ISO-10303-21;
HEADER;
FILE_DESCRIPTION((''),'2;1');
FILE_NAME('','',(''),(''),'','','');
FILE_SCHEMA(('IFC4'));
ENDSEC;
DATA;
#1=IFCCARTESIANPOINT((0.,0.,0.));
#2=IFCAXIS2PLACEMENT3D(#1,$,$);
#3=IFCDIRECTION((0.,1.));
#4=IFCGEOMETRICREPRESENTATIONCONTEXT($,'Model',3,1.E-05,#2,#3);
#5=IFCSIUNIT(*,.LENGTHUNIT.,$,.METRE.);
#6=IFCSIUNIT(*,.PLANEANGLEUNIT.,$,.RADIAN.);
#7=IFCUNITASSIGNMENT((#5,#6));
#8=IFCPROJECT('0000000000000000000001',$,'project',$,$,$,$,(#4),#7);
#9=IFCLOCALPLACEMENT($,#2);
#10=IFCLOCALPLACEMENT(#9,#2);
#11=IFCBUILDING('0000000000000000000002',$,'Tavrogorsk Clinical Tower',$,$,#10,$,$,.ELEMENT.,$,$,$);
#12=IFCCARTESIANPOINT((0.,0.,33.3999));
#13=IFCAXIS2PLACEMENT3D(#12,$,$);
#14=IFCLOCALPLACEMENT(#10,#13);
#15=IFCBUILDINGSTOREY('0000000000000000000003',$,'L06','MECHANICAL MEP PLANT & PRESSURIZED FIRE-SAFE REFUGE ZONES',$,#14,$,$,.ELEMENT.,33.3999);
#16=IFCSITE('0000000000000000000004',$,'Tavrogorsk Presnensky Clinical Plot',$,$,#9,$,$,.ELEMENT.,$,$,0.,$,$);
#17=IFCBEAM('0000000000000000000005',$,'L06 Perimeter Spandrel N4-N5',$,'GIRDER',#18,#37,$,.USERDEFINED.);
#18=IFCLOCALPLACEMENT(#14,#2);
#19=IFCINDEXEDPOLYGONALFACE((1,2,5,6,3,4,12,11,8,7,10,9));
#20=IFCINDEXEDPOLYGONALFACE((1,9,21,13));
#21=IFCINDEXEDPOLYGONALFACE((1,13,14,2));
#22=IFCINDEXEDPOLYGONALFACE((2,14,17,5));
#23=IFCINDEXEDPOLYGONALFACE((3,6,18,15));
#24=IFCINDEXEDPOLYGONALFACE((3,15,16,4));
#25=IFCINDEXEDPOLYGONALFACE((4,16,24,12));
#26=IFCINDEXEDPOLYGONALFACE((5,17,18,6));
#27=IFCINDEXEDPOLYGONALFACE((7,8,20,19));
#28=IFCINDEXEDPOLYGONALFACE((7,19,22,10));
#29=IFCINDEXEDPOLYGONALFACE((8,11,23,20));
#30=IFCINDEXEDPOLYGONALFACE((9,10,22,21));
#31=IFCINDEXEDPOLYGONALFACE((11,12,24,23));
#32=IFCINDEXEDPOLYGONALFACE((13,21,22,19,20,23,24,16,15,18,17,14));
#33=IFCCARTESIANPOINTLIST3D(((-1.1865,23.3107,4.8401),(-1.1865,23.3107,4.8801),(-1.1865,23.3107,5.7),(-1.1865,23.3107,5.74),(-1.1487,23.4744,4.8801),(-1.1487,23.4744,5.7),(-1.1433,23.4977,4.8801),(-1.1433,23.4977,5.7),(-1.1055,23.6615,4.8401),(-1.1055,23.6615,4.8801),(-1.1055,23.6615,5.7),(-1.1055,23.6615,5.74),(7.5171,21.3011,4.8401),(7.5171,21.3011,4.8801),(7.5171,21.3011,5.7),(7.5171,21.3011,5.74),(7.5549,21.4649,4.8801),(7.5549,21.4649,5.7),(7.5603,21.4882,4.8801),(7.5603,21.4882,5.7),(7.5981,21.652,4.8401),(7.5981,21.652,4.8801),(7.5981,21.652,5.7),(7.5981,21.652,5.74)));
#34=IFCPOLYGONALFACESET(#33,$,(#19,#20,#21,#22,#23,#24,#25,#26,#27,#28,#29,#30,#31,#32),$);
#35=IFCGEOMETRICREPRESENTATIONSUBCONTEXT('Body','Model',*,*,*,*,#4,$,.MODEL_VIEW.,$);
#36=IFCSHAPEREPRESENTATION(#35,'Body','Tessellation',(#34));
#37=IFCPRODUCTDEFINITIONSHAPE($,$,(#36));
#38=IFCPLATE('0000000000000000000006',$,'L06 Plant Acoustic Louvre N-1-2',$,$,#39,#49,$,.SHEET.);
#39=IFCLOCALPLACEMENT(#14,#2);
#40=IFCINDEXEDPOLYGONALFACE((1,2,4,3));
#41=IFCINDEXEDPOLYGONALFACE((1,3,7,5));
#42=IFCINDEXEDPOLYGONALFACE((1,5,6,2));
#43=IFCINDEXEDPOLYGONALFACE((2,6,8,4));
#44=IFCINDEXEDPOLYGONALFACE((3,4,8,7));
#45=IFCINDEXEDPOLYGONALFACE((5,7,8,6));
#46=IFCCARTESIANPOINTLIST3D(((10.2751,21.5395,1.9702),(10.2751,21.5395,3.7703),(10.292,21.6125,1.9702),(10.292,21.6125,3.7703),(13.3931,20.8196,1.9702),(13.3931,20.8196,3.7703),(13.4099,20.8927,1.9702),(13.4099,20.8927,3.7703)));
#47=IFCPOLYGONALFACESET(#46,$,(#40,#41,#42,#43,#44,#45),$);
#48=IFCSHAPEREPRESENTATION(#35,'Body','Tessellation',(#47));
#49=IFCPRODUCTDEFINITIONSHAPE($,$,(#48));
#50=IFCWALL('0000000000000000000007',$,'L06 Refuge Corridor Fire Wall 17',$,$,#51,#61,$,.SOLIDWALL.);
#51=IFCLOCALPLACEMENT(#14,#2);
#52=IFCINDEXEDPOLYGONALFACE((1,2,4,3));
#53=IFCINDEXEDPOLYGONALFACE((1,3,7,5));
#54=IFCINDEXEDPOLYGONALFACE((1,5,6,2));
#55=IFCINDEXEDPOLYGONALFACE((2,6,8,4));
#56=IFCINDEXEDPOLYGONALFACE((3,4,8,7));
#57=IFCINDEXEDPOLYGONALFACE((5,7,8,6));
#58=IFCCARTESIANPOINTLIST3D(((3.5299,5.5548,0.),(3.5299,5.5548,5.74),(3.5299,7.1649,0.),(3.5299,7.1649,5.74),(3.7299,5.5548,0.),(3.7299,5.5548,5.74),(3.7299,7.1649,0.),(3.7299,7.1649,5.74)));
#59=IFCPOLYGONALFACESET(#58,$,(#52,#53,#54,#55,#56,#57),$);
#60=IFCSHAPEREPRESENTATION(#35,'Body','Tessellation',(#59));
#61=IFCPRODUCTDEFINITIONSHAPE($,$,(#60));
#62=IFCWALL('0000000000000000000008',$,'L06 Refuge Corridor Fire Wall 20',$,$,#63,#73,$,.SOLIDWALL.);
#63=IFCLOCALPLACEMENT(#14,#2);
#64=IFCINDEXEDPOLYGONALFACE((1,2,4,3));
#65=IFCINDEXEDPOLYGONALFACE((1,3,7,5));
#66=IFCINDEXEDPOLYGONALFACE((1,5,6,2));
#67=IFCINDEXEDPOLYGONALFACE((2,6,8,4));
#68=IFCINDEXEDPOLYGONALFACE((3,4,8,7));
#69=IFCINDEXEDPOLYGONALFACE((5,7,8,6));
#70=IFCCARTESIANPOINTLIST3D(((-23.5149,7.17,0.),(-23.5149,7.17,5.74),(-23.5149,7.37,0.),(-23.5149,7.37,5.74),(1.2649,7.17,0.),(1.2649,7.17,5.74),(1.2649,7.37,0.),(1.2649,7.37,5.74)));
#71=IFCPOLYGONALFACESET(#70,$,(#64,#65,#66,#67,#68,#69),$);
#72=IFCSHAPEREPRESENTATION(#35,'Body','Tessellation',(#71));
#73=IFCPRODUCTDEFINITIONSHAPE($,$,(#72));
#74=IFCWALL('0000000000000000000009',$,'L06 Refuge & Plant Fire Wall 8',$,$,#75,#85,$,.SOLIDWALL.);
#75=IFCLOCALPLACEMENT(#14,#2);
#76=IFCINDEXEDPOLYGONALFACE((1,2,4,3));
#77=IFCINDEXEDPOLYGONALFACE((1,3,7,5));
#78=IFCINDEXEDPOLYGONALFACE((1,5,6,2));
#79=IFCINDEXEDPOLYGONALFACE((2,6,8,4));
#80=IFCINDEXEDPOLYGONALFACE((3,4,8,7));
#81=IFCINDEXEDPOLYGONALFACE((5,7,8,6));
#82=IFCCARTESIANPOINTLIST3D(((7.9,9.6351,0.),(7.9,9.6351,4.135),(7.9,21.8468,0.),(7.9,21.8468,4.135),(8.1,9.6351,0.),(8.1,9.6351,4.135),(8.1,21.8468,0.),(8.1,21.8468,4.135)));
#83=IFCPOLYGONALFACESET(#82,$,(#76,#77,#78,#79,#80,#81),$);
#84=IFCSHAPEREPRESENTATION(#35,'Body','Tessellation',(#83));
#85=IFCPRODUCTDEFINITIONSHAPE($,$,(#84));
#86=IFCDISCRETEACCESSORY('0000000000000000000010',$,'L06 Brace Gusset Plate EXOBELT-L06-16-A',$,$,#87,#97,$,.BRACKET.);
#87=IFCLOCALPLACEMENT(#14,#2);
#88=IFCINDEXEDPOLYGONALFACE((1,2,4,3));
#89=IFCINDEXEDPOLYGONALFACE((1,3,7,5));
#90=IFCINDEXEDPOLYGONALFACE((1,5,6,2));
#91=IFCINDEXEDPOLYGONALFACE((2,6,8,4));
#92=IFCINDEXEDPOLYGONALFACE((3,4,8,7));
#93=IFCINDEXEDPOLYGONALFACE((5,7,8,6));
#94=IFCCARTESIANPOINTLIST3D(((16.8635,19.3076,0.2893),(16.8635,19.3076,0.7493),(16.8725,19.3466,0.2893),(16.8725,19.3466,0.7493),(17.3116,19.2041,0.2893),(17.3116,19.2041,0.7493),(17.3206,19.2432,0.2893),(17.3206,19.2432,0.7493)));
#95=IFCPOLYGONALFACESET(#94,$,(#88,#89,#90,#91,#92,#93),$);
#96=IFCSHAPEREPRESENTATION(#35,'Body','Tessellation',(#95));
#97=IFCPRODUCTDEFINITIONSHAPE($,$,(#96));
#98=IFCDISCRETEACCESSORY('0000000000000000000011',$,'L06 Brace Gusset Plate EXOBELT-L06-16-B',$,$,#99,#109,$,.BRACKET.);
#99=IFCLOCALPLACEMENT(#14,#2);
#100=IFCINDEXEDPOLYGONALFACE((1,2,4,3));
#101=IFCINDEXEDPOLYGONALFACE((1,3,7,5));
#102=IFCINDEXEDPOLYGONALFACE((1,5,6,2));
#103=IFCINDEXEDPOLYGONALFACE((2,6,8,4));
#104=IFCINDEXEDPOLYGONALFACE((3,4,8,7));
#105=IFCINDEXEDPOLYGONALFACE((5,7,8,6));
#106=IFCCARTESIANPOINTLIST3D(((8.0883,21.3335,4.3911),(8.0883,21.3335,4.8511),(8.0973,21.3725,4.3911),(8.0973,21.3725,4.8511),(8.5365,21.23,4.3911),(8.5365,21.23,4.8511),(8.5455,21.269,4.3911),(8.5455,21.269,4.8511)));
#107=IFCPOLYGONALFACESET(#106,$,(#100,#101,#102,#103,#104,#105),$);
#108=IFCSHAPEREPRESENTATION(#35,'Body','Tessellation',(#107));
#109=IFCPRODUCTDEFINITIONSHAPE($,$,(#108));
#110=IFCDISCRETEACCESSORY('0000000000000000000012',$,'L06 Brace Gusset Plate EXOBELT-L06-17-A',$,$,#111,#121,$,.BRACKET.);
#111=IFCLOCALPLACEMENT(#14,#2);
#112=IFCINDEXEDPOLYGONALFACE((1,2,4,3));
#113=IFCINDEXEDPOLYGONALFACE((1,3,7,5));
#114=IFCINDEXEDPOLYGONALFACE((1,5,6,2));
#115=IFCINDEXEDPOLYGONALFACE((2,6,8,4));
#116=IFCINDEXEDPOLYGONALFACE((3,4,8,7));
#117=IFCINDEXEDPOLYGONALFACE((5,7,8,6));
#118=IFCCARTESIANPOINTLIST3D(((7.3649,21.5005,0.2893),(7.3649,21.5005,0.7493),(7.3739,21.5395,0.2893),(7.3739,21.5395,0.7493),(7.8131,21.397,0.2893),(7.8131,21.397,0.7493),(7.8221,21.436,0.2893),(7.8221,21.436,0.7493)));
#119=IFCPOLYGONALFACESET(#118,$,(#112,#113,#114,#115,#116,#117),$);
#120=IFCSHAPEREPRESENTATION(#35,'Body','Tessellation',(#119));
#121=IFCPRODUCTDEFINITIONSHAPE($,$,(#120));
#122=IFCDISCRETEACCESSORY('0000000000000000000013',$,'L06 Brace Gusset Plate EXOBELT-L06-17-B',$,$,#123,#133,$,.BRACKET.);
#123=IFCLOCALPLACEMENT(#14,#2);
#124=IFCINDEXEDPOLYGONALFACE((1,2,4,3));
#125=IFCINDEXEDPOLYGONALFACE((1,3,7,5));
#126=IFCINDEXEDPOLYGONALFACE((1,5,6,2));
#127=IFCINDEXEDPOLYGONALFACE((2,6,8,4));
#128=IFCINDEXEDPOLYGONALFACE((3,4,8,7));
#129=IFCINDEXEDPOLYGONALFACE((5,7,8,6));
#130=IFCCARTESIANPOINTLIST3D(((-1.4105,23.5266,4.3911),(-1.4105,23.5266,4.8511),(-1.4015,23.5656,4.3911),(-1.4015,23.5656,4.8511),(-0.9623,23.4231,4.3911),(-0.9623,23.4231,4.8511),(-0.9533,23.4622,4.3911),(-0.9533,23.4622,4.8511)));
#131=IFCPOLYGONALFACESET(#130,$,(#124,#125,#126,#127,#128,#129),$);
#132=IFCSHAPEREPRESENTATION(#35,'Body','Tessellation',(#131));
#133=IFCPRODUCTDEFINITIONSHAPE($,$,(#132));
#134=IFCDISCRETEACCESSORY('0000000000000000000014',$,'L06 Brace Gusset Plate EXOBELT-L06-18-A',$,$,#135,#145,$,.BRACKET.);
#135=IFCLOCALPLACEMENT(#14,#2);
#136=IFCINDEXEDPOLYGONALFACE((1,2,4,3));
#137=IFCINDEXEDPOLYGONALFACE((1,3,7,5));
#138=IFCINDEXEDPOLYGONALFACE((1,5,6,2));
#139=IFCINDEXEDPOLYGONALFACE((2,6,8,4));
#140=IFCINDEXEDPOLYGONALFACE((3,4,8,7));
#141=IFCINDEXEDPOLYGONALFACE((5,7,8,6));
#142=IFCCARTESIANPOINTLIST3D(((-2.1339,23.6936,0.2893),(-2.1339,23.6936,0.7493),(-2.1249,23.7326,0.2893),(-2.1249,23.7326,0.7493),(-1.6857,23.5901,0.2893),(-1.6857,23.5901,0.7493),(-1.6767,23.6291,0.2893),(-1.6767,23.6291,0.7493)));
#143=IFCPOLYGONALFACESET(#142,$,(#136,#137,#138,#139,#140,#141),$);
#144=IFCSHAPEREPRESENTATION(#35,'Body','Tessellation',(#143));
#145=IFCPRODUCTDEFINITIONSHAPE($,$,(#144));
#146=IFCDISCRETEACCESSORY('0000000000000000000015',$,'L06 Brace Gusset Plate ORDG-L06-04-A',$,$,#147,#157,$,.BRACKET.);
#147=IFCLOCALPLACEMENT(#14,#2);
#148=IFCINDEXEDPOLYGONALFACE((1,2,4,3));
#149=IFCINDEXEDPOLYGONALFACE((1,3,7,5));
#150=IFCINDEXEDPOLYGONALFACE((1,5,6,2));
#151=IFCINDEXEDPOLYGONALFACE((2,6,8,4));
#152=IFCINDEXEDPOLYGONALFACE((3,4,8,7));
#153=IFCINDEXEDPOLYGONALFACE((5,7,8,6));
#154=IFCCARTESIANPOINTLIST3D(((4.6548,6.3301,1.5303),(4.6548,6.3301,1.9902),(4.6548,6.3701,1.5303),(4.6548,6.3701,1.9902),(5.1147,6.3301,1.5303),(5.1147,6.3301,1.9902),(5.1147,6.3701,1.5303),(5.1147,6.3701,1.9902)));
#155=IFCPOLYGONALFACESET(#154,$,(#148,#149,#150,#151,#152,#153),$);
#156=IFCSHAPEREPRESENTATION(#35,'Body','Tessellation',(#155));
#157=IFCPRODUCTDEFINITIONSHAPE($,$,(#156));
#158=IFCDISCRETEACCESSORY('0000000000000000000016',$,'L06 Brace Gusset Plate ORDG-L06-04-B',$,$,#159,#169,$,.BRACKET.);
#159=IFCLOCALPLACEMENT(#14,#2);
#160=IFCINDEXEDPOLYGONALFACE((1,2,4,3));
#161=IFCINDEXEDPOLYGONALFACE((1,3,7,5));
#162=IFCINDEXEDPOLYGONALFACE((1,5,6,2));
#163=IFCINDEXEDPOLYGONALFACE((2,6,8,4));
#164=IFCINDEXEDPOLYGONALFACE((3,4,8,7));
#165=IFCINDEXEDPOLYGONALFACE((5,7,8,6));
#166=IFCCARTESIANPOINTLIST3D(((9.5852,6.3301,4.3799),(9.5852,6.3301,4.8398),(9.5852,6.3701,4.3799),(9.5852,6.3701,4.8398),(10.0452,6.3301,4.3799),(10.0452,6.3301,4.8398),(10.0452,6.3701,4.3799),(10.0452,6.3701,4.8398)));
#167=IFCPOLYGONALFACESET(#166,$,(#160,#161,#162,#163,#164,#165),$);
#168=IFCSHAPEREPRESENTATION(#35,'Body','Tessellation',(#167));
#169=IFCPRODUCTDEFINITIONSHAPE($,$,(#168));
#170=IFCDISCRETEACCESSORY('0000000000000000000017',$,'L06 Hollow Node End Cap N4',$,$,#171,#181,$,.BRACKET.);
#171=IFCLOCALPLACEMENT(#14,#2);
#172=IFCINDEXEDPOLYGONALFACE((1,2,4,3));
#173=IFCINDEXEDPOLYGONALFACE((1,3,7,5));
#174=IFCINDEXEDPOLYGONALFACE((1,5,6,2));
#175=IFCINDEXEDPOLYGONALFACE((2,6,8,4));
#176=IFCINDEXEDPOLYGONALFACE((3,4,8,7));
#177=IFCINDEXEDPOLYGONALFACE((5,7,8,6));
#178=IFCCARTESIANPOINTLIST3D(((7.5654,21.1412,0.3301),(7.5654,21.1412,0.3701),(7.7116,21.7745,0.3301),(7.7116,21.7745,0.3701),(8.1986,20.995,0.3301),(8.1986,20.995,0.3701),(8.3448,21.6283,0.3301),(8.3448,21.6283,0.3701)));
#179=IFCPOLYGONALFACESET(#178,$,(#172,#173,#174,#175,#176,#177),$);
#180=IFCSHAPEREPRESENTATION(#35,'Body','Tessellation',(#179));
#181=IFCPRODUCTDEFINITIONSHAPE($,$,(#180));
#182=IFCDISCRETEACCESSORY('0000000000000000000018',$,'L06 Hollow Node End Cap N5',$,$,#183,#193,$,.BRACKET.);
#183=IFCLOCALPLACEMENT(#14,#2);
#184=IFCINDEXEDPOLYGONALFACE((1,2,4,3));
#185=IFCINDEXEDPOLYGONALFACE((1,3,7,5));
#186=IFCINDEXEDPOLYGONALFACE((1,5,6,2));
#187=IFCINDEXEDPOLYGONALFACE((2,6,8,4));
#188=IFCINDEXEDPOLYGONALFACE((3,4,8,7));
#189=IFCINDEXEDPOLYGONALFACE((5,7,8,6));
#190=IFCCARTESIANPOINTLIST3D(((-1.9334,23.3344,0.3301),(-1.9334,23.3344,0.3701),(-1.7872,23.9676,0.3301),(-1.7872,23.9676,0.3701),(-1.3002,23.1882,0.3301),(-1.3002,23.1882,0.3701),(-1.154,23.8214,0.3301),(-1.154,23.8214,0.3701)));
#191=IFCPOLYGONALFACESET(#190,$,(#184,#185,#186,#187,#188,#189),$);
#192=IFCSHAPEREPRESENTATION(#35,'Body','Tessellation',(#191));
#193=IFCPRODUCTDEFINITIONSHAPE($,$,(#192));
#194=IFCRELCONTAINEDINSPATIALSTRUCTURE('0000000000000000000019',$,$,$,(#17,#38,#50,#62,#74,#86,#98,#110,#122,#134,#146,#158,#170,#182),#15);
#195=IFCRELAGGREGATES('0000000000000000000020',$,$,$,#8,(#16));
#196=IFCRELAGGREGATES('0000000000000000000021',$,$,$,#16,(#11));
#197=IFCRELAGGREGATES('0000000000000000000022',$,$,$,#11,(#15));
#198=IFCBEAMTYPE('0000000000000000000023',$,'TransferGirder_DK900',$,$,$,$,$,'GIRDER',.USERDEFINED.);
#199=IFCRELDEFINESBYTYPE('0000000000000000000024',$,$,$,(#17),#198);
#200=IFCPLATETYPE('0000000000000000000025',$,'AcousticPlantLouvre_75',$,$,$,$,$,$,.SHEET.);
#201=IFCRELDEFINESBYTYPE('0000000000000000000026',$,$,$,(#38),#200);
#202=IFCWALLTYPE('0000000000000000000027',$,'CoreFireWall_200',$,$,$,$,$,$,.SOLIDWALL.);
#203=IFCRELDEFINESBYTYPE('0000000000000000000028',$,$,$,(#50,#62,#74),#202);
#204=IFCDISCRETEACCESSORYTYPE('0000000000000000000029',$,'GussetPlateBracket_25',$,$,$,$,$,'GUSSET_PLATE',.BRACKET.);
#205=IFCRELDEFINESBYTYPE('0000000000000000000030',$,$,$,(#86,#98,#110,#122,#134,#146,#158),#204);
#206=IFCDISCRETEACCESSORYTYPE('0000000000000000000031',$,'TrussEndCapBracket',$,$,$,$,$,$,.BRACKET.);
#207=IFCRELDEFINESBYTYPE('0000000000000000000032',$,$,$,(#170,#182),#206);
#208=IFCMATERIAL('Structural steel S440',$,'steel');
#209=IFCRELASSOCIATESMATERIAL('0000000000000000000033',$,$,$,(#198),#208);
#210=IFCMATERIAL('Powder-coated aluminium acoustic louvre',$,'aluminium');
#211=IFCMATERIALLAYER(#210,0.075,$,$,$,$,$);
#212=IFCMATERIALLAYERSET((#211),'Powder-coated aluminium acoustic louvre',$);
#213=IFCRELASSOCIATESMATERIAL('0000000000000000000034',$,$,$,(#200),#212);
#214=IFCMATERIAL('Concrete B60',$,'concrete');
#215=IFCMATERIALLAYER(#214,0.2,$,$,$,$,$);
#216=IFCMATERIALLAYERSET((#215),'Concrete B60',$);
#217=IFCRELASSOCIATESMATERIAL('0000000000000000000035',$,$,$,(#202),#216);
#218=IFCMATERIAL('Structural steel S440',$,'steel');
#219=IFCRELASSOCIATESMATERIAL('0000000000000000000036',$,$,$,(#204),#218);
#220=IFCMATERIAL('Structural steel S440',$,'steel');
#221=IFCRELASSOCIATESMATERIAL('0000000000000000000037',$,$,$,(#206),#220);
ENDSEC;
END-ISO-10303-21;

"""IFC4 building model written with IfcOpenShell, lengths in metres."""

from ifc_helpers import new_model, si_unit, direction, frame, frame_2d, origin, origin_2d, place, context, subcontext, project, spatial, rectangle, i_section, extrude, material, layer, layer_set, material_profile, profile_set, type_object, element, save


model = new_model("IFC4")

# Units and contexts
model_context = context("Model", 3, precision=1e-05, world=origin(), true_north=direction((0.0, 1.0)))
body_context = subcontext(model_context, "Body", "Model", "MODEL_VIEW")
ifc_project = project(units=[si_unit("LENGTHUNIT", "METRE"), si_unit("PLANEANGLEUNIT", "RADIAN")], contexts=[model_context])

# Site, building, storey
site_placement = place(None, origin())
site = spatial("IfcSite", under=ifc_project, at=site_placement, Name="Tavrogorsk Presnensky Clinical Plot", CompositionType="ELEMENT", RefElevation=0.0)
building_placement = place(site_placement, origin())
building = spatial("IfcBuilding", under=site, at=building_placement, Name="Tavrogorsk Clinical Tower", CompositionType="ELEMENT")
storey_placement = place(building_placement, frame((0.0, 0.0, 33.3999)))
storey = spatial("IfcBuildingStorey", under=building, at=storey_placement, Name="L06", Description="MECHANICAL MEP PLANT & PRESSURIZED FIRE-SAFE REFUGE ZONES", CompositionType="ELEMENT", Elevation=33.3999)

# Beam
ifc_material_1 = material(Name="Structural steel S440", Category="steel")
ifc_material_profile_1 = material_profile(ifc_material_1, i_section(OverallWidth=0.3601, OverallDepth=0.8999, WebThickness=0.0239, FlangeThickness=0.04, at=origin_2d()), Name="DK-900x360x24x40")
ifc_profile_set_1 = profile_set([ifc_material_profile_1], Name="Structural steel S440")
beam_type_1 = type_object("IfcBeamType", Name="TransferGirder_DK900", ElementType="GIRDER", PredefinedType="USERDEFINED", material=ifc_profile_set_1)
for number, where, z_axis, x_axis, name in (
    (1, (7.5576, 21.4766, 5.29), (-0.974367, 0.224965, 0.0), (-0.224965, -0.974367, 0.0), "L06 Perimeter Spandrel N4-N5"),
):
    element("IfcBeam", number, at=place(storey_placement, frame(where, z_axis=z_axis, x_axis=x_axis)), inside=storey, type_object=beam_type_1, Name=name, ObjectType="GIRDER", PredefinedType="USERDEFINED", context=body_context, shape_type="SweptSolid", body=[
        extrude(i_section(OverallWidth=0.3601, OverallDepth=0.8999, WebThickness=0.0239, FlangeThickness=0.04, at=origin_2d()), origin(), (0.0, 0.0, 1.0), 8.9326),
    ])

# Plate
ifc_material_2 = material(Name="Powder-coated aluminium acoustic louvre", Category="aluminium")
ifc_layer_1 = layer(ifc_material_2, 0.075)
ifc_layer_set_1 = layer_set([ifc_layer_1], Name="Powder-coated aluminium acoustic louvre")
plate_type = type_object("IfcPlateType", Name="AcousticPlantLouvre_75", PredefinedType="SHEET", material=ifc_layer_set_1)
plate_placement = place(storey_placement, frame((11.8425, 21.2161, 1.9702), z_axis=(0.0, 0.0, 1.0), x_axis=(-0.97437, 0.224951, 0.0)))
element("IfcPlate", 2, at=plate_placement, inside=storey, type_object=plate_type, Name="L06 Plant Acoustic Louvre N-1-2", PredefinedType="SHEET", context=body_context, shape_type="SweptSolid", body=[
    extrude(rectangle(XDim=3.2, YDim=0.075, at=origin_2d()), origin(), (0.0, 0.0, 1.0), 1.8),
])

# Walls
ifc_material_3 = material(Name="Concrete B60", Category="concrete")
ifc_layer_2 = layer(ifc_material_3, 0.2)
ifc_layer_set_2 = layer_set([ifc_layer_2], Name="Concrete B60")
wall_type = type_object("IfcWallType", Name="CoreFireWall_200", PredefinedType="SOLIDWALL", material=ifc_layer_set_2)
wall_1_placement = place(storey_placement, frame((3.6299, 7.165, 0.0), z_axis=(0.0, 0.0, 1.0), x_axis=(0.0, -1.0, 0.0)))
element("IfcWall", 3, at=wall_1_placement, inside=storey, type_object=wall_type, Name="L06 Refuge Corridor Fire Wall 17", PredefinedType="SOLIDWALL", context=body_context, shape_type="SweptSolid", body=[
    extrude(rectangle(XDim=1.6101, YDim=0.2, at=frame_2d((0.8052, 0.0))), origin(), (0.0, 0.0, 1.0), 5.74),
])
wall_2_placement = place(storey_placement, frame((1.2649, 7.27, 0.0), z_axis=(0.0, 0.0, 1.0), x_axis=(-1.0, 0.0, 0.0)))
element("IfcWall", 4, at=wall_2_placement, inside=storey, type_object=wall_type, Name="L06 Refuge Corridor Fire Wall 20", PredefinedType="SOLIDWALL", context=body_context, shape_type="SweptSolid", body=[
    extrude(rectangle(XDim=24.7798, YDim=0.2, at=frame_2d((12.3899, 0.0))), origin(), (0.0, 0.0, 1.0), 5.74),
])
wall_3_placement = place(storey_placement, frame((8.0, 9.635, 0.0), z_axis=(0.0, 0.0, 1.0), x_axis=(0.0, 1.0, 0.0)))
element("IfcWall", 5, at=wall_3_placement, inside=storey, type_object=wall_type, Name="L06 Refuge & Plant Fire Wall 8", PredefinedType="SOLIDWALL", context=body_context, shape_type="SweptSolid", body=[
    extrude(rectangle(XDim=12.2117, YDim=0.2, at=frame_2d((6.106, 0.0))), origin(), (0.0, 0.0, 1.0), 4.135),
])

# Discrete accessories
ifc_material_4 = material(Name="Structural steel S440", Category="steel")
discrete_accessory_type_1 = type_object("IfcDiscreteAccessoryType", Name="GussetPlateBracket_25", ElementType="GUSSET_PLATE", PredefinedType="BRACKET", material=ifc_material_4)
for number, where, z_axis, x_axis, name in (
    (6, (17.092, 19.2754, 0.2893), (0.0, 0.0, 1.0), (-0.97437, 0.224951, 0.0), "L06 Brace Gusset Plate EXOBELT-L06-16-A"),
    (7, (8.3169, 21.3013, 4.3911), (0.0, 0.0, 1.0), (-0.97437, 0.224951, 0.0), "L06 Brace Gusset Plate EXOBELT-L06-16-B"),
    (8, (7.5935, 21.4683, 0.2893), (0.0, 0.0, 1.0), (-0.97437, 0.224951, 0.0), "L06 Brace Gusset Plate EXOBELT-L06-17-A"),
    (9, (-1.1819, 23.4944, 4.3911), (0.0, 0.0, 1.0), (-0.97437, 0.224951, 0.0), "L06 Brace Gusset Plate EXOBELT-L06-17-B"),
    (10, (-1.9053, 23.6614, 0.2893), (0.0, 0.0, 1.0), (-0.97437, 0.224951, 0.0), "L06 Brace Gusset Plate EXOBELT-L06-18-A"),
    (11, (4.8848, 6.3501, 1.5303), (0.0, 0.0, 1.0), (1.0, 0.0, 0.0), "L06 Brace Gusset Plate ORDG-L06-04-A"),
    (12, (9.8152, 6.3501, 4.3799), (0.0, 0.0, 1.0), (1.0, 0.0, 0.0), "L06 Brace Gusset Plate ORDG-L06-04-B"),
):
    element("IfcDiscreteAccessory", number, at=place(storey_placement, frame(where, z_axis=z_axis, x_axis=x_axis)), inside=storey, type_object=discrete_accessory_type_1, Name=name, PredefinedType="BRACKET", context=body_context, shape_type="SweptSolid", body=[
        extrude(rectangle(XDim=0.46, YDim=0.04, at=origin_2d()), origin(), (0.0, 0.0, 1.0), 0.46),
    ])
ifc_material_5 = material(Name="Structural steel S440", Category="steel")
discrete_accessory_type_2 = type_object("IfcDiscreteAccessoryType", Name="TrussEndCapBracket", PredefinedType="BRACKET", material=ifc_material_5)
for number, where, z_axis, x_axis, name in (
    (13, (7.9551, 21.3848, 0.3301), (0.0, 0.0, 1.0), (0.97437, -0.224951, 0.0), "L06 Hollow Node End Cap N4"),
    (14, (-1.5437, 23.5779, 0.3301), (0.0, 0.0, 1.0), (0.97437, -0.224951, 0.0), "L06 Hollow Node End Cap N5"),
):
    element("IfcDiscreteAccessory", number, at=place(storey_placement, frame(where, z_axis=z_axis, x_axis=x_axis)), inside=storey, type_object=discrete_accessory_type_2, Name=name, PredefinedType="BRACKET", context=body_context, shape_type="SweptSolid", body=[
        extrude(rectangle(XDim=0.6499, YDim=0.6499, at=origin_2d()), origin(), (0.0, 0.0, 1.0), 0.04),
    ])

save(model, "model.ifc")
